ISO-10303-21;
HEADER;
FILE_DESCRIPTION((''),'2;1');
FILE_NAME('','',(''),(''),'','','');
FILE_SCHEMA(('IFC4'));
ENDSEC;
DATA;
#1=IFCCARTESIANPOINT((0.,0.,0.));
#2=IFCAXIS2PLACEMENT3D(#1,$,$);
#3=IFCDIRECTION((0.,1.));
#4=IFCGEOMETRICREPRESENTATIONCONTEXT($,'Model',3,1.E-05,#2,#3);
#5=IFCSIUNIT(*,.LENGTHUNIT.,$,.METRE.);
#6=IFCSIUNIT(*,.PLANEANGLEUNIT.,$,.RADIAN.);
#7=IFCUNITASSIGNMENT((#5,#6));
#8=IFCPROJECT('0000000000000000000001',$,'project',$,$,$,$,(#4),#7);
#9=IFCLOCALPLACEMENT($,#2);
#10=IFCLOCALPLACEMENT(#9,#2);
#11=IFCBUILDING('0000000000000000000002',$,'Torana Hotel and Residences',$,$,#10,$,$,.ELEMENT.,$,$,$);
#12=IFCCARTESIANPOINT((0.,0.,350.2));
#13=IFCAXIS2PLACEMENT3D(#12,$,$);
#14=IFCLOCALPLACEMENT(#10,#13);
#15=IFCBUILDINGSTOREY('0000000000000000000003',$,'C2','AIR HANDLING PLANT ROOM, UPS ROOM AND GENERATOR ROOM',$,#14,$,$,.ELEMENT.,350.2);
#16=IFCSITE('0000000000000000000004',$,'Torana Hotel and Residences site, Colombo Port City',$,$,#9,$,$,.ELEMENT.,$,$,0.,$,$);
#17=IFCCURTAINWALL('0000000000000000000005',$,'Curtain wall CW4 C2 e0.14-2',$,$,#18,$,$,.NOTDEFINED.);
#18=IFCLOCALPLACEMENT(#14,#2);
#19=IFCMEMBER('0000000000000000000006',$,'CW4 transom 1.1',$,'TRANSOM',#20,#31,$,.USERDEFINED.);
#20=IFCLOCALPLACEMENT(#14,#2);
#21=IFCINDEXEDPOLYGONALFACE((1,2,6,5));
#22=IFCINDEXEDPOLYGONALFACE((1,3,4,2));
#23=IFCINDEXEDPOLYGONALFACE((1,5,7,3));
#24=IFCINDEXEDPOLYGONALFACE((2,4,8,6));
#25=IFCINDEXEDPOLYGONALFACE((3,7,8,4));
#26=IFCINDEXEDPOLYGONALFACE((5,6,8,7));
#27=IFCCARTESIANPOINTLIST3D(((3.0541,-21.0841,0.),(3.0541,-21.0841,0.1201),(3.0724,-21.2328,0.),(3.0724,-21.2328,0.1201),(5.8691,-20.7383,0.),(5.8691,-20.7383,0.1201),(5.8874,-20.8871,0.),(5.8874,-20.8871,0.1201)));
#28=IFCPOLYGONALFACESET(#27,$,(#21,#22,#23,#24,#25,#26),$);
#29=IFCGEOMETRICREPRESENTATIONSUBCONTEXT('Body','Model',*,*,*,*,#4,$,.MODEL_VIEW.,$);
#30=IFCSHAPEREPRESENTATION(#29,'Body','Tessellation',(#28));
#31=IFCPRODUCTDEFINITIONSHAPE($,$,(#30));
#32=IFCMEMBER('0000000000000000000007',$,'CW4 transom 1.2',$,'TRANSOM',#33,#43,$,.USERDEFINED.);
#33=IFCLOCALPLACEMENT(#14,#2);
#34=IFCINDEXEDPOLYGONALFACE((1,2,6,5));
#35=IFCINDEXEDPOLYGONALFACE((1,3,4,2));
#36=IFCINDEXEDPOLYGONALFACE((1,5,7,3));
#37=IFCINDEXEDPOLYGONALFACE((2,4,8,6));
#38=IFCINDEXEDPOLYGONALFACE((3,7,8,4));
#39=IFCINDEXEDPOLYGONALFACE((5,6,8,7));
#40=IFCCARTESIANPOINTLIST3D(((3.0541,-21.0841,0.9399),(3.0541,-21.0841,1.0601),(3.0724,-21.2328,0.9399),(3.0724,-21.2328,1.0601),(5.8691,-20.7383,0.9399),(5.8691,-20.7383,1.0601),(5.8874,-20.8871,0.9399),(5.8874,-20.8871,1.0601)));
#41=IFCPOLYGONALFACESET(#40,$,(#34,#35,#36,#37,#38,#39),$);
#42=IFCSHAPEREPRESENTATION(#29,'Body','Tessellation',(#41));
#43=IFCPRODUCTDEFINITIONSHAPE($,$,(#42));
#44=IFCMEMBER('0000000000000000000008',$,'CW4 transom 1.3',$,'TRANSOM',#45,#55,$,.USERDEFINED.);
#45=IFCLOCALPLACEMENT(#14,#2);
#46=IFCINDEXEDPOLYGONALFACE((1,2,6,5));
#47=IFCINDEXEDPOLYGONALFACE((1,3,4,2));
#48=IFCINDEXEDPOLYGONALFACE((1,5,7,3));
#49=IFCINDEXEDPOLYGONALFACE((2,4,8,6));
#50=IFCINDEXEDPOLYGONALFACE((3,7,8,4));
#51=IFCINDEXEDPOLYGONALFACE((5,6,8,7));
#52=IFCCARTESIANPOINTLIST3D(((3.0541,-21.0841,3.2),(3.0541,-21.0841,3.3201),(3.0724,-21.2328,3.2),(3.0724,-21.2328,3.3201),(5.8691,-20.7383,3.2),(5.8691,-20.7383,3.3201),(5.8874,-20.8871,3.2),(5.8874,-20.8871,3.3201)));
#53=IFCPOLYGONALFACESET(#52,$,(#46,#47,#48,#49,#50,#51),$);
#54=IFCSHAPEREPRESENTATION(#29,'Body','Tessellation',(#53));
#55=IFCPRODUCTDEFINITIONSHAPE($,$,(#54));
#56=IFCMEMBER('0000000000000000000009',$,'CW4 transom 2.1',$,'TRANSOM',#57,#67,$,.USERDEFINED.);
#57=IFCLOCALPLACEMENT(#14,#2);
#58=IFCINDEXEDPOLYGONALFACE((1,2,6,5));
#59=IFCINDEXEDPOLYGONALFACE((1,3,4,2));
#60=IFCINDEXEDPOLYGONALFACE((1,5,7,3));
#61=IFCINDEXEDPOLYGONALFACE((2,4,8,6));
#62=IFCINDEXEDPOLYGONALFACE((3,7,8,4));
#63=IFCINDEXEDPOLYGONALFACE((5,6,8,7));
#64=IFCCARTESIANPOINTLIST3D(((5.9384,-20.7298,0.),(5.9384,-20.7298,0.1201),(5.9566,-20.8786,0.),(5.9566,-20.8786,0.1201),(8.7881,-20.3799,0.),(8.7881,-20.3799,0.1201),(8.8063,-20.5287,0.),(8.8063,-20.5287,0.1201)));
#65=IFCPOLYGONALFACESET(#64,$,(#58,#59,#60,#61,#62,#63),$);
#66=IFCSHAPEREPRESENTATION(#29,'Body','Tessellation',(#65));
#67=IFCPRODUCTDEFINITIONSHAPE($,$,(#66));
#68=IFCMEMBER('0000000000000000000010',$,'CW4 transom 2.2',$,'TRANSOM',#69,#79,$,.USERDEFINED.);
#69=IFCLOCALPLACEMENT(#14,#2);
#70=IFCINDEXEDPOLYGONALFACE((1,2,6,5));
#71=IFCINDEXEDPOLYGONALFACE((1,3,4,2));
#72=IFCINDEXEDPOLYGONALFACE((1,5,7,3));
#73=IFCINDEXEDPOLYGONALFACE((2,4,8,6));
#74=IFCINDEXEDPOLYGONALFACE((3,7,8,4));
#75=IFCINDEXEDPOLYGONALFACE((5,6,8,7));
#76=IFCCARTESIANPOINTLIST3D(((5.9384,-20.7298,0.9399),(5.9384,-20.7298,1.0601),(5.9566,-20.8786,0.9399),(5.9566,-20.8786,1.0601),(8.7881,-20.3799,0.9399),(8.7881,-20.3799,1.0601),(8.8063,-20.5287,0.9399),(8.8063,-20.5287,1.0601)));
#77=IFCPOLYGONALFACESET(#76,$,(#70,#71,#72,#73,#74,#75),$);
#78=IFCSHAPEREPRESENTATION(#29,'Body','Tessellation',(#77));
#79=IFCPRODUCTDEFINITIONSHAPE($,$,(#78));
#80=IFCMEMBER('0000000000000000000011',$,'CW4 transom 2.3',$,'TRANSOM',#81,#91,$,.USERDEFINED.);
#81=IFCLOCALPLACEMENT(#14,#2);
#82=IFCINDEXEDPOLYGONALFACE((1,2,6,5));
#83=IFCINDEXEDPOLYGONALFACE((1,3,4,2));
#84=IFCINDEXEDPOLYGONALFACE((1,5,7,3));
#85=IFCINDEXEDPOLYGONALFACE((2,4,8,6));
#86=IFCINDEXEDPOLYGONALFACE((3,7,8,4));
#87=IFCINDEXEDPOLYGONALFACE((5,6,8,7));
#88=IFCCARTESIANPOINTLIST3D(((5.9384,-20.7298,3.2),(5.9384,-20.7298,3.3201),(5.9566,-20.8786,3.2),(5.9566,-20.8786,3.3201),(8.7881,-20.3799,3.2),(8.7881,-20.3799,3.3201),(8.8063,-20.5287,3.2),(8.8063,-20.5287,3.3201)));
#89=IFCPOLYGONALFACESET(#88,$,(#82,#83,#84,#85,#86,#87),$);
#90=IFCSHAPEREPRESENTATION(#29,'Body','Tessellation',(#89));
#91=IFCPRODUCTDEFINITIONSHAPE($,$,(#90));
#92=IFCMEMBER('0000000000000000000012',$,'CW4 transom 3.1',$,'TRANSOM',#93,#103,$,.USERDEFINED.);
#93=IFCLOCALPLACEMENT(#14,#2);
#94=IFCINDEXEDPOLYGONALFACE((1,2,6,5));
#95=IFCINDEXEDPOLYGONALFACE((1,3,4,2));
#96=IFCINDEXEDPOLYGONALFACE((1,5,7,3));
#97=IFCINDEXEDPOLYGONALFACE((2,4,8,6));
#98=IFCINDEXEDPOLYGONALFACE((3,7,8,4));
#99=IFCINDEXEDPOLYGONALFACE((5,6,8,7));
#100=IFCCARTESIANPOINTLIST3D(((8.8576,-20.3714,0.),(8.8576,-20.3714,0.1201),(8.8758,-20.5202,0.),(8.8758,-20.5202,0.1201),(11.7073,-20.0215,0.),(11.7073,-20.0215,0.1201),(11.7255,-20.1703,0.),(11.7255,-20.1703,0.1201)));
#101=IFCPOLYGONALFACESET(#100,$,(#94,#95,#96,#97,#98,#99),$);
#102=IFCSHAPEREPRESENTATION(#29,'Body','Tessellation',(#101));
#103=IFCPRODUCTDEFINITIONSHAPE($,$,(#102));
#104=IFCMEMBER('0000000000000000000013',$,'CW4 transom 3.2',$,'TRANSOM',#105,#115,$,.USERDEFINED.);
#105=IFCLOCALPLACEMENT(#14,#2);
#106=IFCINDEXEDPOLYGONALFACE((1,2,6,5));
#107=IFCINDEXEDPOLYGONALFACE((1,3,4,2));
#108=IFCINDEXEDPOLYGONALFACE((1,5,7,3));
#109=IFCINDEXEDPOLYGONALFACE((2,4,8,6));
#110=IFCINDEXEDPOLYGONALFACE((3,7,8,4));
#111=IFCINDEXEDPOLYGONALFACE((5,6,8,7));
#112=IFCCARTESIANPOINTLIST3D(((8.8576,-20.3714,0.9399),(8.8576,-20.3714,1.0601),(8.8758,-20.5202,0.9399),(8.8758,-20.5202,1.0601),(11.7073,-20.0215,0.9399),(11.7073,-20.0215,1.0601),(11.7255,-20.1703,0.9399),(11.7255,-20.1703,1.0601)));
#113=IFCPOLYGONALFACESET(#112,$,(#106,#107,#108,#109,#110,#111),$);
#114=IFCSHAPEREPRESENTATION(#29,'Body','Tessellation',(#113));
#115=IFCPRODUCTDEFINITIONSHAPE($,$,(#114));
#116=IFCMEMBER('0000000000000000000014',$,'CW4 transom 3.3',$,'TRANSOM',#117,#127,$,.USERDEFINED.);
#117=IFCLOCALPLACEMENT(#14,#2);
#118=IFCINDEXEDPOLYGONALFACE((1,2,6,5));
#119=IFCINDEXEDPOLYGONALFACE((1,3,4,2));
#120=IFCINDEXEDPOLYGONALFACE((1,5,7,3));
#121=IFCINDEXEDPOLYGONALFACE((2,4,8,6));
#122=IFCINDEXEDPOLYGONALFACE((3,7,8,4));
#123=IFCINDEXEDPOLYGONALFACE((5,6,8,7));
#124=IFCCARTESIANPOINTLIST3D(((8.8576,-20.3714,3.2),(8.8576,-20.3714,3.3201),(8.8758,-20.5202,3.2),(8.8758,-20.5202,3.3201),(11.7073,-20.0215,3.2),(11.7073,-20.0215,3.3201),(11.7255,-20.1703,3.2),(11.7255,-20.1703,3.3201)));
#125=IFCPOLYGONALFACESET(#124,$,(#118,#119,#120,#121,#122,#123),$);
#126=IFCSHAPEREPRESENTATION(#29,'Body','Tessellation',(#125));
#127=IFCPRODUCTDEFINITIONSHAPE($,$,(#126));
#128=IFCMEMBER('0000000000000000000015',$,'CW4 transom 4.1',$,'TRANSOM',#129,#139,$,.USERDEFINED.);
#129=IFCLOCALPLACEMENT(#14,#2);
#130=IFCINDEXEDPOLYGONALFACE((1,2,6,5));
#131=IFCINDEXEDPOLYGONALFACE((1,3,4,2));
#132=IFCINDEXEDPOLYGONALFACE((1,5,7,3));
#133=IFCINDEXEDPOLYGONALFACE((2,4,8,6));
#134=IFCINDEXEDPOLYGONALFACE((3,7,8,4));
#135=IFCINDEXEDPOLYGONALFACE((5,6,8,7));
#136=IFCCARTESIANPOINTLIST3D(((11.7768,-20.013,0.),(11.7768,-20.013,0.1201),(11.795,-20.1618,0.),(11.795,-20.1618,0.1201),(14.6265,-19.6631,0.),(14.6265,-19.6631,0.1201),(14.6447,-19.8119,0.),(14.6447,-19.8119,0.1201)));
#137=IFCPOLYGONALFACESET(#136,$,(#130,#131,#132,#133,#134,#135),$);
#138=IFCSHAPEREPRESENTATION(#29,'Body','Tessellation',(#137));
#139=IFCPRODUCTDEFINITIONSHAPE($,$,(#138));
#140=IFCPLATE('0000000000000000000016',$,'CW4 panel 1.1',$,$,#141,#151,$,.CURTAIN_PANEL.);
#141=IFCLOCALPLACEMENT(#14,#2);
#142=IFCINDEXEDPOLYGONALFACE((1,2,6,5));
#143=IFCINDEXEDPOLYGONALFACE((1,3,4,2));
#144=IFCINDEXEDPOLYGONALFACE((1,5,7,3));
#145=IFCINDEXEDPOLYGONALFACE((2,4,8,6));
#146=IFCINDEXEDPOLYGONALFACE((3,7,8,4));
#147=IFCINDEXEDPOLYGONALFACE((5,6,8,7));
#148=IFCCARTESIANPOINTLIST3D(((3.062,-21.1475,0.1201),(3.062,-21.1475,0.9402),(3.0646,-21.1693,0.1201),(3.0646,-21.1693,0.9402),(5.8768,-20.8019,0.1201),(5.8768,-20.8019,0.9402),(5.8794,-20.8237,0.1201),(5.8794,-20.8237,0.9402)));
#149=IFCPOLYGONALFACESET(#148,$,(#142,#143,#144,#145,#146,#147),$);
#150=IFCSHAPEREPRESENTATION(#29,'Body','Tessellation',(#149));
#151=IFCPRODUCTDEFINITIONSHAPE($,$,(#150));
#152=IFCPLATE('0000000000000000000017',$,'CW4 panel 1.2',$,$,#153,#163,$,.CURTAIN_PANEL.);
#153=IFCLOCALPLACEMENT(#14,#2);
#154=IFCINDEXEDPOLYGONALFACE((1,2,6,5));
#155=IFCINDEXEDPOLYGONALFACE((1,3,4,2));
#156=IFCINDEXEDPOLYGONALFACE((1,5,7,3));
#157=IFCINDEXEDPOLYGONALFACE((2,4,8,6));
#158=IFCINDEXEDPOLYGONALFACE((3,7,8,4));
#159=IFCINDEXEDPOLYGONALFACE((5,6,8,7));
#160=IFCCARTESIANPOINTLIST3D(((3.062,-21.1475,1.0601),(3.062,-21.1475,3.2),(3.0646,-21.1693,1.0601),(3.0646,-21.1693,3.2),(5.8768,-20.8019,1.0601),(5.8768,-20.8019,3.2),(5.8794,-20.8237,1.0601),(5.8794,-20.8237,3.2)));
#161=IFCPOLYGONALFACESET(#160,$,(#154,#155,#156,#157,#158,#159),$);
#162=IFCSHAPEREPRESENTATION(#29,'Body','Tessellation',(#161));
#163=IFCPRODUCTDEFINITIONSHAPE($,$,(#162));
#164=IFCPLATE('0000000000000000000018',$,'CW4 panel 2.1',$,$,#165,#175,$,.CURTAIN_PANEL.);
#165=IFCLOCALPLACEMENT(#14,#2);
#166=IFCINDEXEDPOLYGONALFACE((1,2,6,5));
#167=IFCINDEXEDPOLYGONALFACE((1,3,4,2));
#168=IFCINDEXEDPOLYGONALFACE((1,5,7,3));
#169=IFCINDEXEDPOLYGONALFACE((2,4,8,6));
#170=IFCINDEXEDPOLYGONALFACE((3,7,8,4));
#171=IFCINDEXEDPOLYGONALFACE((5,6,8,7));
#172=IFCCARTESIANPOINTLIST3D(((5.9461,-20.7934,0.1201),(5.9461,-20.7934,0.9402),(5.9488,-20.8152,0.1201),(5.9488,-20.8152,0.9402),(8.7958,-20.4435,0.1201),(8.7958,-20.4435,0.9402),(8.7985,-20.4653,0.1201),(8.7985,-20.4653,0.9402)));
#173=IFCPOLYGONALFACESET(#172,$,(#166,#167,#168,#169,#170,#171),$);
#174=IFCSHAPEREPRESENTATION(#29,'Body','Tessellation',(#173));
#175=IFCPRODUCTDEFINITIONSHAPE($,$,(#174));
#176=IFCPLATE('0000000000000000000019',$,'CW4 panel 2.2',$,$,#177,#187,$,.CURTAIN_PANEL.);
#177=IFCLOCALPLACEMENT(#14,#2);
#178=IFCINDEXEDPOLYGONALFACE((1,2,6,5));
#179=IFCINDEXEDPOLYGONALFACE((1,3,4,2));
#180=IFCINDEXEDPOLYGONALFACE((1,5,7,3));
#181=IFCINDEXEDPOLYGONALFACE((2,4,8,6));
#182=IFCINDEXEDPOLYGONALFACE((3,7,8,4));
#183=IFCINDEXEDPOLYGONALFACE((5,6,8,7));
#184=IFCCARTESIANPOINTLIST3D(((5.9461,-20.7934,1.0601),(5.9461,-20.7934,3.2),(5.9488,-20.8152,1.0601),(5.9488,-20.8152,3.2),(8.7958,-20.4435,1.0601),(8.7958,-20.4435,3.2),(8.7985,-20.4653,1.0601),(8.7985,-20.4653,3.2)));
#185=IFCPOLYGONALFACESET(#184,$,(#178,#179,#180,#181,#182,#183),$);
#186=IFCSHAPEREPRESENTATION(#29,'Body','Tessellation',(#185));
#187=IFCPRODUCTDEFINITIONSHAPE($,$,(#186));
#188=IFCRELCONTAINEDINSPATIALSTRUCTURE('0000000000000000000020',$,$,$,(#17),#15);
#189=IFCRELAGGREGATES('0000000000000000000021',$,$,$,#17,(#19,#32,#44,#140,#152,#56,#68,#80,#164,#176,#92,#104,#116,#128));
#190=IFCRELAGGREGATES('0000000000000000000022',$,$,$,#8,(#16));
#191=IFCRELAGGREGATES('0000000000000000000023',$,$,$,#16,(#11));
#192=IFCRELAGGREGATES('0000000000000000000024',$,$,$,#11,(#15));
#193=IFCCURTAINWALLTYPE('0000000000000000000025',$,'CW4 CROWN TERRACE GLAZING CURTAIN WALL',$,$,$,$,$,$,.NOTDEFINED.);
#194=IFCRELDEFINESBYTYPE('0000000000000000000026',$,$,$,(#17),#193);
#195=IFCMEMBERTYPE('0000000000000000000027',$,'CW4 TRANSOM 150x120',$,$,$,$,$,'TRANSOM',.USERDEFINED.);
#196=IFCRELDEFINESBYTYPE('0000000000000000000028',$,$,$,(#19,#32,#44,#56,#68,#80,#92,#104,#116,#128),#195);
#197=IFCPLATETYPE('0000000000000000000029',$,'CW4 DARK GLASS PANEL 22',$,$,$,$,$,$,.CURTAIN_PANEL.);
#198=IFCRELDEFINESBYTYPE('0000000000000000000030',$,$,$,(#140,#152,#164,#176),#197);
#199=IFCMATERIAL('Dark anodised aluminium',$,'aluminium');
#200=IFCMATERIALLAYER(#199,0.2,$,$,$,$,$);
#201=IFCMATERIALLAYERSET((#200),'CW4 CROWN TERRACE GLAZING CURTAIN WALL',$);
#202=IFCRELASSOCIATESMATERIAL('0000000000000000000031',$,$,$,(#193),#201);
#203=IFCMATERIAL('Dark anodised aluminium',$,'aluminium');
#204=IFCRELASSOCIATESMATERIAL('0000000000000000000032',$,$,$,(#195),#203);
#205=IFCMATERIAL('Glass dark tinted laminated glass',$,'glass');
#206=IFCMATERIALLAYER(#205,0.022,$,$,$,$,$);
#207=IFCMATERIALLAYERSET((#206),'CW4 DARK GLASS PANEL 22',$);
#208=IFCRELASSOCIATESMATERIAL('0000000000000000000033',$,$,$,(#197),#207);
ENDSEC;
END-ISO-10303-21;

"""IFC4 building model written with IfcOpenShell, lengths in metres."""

from ifc_helpers import new_model, si_unit, direction, frame, origin, origin_2d, place, context, subcontext, project, spatial, rectangle, extrude, material, layer, layer_set, material_profile, profile_set, type_object, element, aggregate, save


model = new_model("IFC4")

# Units and contexts
model_context = context("Model", 3, precision=1e-05, world=origin(), true_north=direction((0.0, 1.0)))
body_context = subcontext(model_context, "Body", "Model", "MODEL_VIEW")
ifc_project = project(units=[si_unit("LENGTHUNIT", "METRE"), si_unit("PLANEANGLEUNIT", "RADIAN")], contexts=[model_context])

# Site, building, storey
site_placement = place(None, origin())
site = spatial("IfcSite", under=ifc_project, at=site_placement, Name="Torana Hotel and Residences site, Colombo Port City", CompositionType="ELEMENT", RefElevation=0.0)
building_placement = place(site_placement, origin())
building = spatial("IfcBuilding", under=site, at=building_placement, Name="Torana Hotel and Residences", CompositionType="ELEMENT")
storey_placement = place(building_placement, frame((0.0, 0.0, 350.2)))
storey = spatial("IfcBuildingStorey", under=building, at=storey_placement, Name="C2", Description="AIR HANDLING PLANT ROOM, UPS ROOM AND GENERATOR ROOM", CompositionType="ELEMENT", Elevation=350.2)

# Shared definitions
ifc_material_1 = material(Name="Dark anodised aluminium", Category="aluminium")
ifc_layer_1 = layer(ifc_material_1, 0.2)
ifc_layer_set_1 = layer_set([ifc_layer_1], Name="CW4 CROWN TERRACE GLAZING CURTAIN WALL")
curtain_wall_type = type_object("IfcCurtainWallType", Name="CW4 CROWN TERRACE GLAZING CURTAIN WALL", PredefinedType="NOTDEFINED", material=ifc_layer_set_1)

# Curtain wall, members, plates
curtain_wall_1_placement = place(storey_placement, origin())
curtain_wall_1 = element("IfcCurtainWall", 1, at=curtain_wall_1_placement, inside=storey, type_object=curtain_wall_type, Name="Curtain wall CW4 C2 e0.14-2", PredefinedType="NOTDEFINED")
ifc_material_2 = material(Name="Dark anodised aluminium", Category="aluminium")
ifc_material_profile_1 = material_profile(ifc_material_2, rectangle(XDim=0.1499, YDim=0.1201, at=origin_2d()), Name="CW4 TRANSOM 150x120")
ifc_profile_set_1 = profile_set([ifc_material_profile_1], Name="Dark anodised aluminium")
member_type_1 = type_object("IfcMemberType", Name="CW4 TRANSOM 150x120", ElementType="TRANSOM", PredefinedType="USERDEFINED", material=ifc_profile_set_1)
member_1_placement = place(storey_placement, frame((3.0632, -21.1584, 0.0601), z_axis=(0.992543, 0.121894, 0.0), x_axis=(-0.121894, 0.992543, 0.0)))
member_1 = element("IfcMember", 2, at=member_1_placement, type_object=member_type_1, Name="CW4 transom 1.1", ObjectType="TRANSOM", PredefinedType="USERDEFINED", context=body_context, shape_type="SweptSolid", body=[
    extrude(rectangle(XDim=0.1499, YDim=0.1201, at=origin_2d()), origin(), (0.0, 0.0, 1.0), 2.8362),
])
member_2_placement = place(storey_placement, frame((3.0632, -21.1584, 1.0), z_axis=(0.992543, 0.121894, 0.0), x_axis=(-0.121894, 0.992543, 0.0)))
member_2 = element("IfcMember", 3, at=member_2_placement, type_object=member_type_1, Name="CW4 transom 1.2", ObjectType="TRANSOM", PredefinedType="USERDEFINED", context=body_context, shape_type="SweptSolid", body=[
    extrude(rectangle(XDim=0.1499, YDim=0.1201, at=origin_2d()), origin(), (0.0, 0.0, 1.0), 2.8362),
])
member_3_placement = place(storey_placement, frame((3.0632, -21.1584, 3.26), z_axis=(0.992543, 0.121894, 0.0), x_axis=(-0.121894, 0.992543, 0.0)))
member_3 = element("IfcMember", 4, at=member_3_placement, type_object=member_type_1, Name="CW4 transom 1.3", ObjectType="TRANSOM", PredefinedType="USERDEFINED", context=body_context, shape_type="SweptSolid", body=[
    extrude(rectangle(XDim=0.1499, YDim=0.1201, at=origin_2d()), origin(), (0.0, 0.0, 1.0), 2.8362),
])
member_4_placement = place(storey_placement, frame((5.9475, -20.8042, 0.0601), z_axis=(0.992548, 0.121857, 0.0), x_axis=(-0.121857, 0.992548, 0.0)))
member_4 = element("IfcMember", 5, at=member_4_placement, type_object=member_type_1, Name="CW4 transom 2.1", ObjectType="TRANSOM", PredefinedType="USERDEFINED", context=body_context, shape_type="SweptSolid", body=[
    extrude(rectangle(XDim=0.1499, YDim=0.1201, at=origin_2d()), origin(), (0.0, 0.0, 1.0), 2.8711),
])
member_5_placement = place(storey_placement, frame((5.9475, -20.8042, 1.0), z_axis=(0.992548, 0.121857, 0.0), x_axis=(-0.121857, 0.992548, 0.0)))
member_5 = element("IfcMember", 6, at=member_5_placement, type_object=member_type_1, Name="CW4 transom 2.2", ObjectType="TRANSOM", PredefinedType="USERDEFINED", context=body_context, shape_type="SweptSolid", body=[
    extrude(rectangle(XDim=0.1499, YDim=0.1201, at=origin_2d()), origin(), (0.0, 0.0, 1.0), 2.8711),
])
member_6_placement = place(storey_placement, frame((5.9475, -20.8042, 3.26), z_axis=(0.992548, 0.121857, 0.0), x_axis=(-0.121857, 0.992548, 0.0)))
member_6 = element("IfcMember", 7, at=member_6_placement, type_object=member_type_1, Name="CW4 transom 2.3", ObjectType="TRANSOM", PredefinedType="USERDEFINED", context=body_context, shape_type="SweptSolid", body=[
    extrude(rectangle(XDim=0.1499, YDim=0.1201, at=origin_2d()), origin(), (0.0, 0.0, 1.0), 2.8711),
])
member_7_placement = place(storey_placement, frame((8.8667, -20.4458, 0.0601), z_axis=(0.992548, 0.121857, 0.0), x_axis=(-0.121857, 0.992548, 0.0)))
member_7 = element("IfcMember", 8, at=member_7_placement, type_object=member_type_1, Name="CW4 transom 3.1", ObjectType="TRANSOM", PredefinedType="USERDEFINED", context=body_context, shape_type="SweptSolid", body=[
    extrude(rectangle(XDim=0.1499, YDim=0.1201, at=origin_2d()), origin(), (0.0, 0.0, 1.0), 2.8711),
])
member_8_placement = place(storey_placement, frame((8.8667, -20.4458, 1.0), z_axis=(0.992548, 0.121857, 0.0), x_axis=(-0.121857, 0.992548, 0.0)))
member_8 = element("IfcMember", 9, at=member_8_placement, type_object=member_type_1, Name="CW4 transom 3.2", ObjectType="TRANSOM", PredefinedType="USERDEFINED", context=body_context, shape_type="SweptSolid", body=[
    extrude(rectangle(XDim=0.1499, YDim=0.1201, at=origin_2d()), origin(), (0.0, 0.0, 1.0), 2.8711),
])
member_9_placement = place(storey_placement, frame((8.8667, -20.4458, 3.26), z_axis=(0.992548, 0.121857, 0.0), x_axis=(-0.121857, 0.992548, 0.0)))
member_9 = element("IfcMember", 10, at=member_9_placement, type_object=member_type_1, Name="CW4 transom 3.3", ObjectType="TRANSOM", PredefinedType="USERDEFINED", context=body_context, shape_type="SweptSolid", body=[
    extrude(rectangle(XDim=0.1499, YDim=0.1201, at=origin_2d()), origin(), (0.0, 0.0, 1.0), 2.8711),
])
member_10_placement = place(storey_placement, frame((11.7859, -20.0874, 0.0601), z_axis=(0.992548, 0.121857, 0.0), x_axis=(-0.121857, 0.992548, 0.0)))
member_10 = element("IfcMember", 11, at=member_10_placement, type_object=member_type_1, Name="CW4 transom 4.1", ObjectType="TRANSOM", PredefinedType="USERDEFINED", context=body_context, shape_type="SweptSolid", body=[
    extrude(rectangle(XDim=0.1499, YDim=0.1201, at=origin_2d()), origin(), (0.0, 0.0, 1.0), 2.8711),
])
ifc_material_3 = material(Name="Glass dark tinted laminated glass", Category="glass")
ifc_layer_2 = layer(ifc_material_3, 0.022)
ifc_layer_set_2 = layer_set([ifc_layer_2], Name="CW4 DARK GLASS PANEL 22")
plate_type = type_object("IfcPlateType", Name="CW4 DARK GLASS PANEL 22", PredefinedType="CURTAIN_PANEL", material=ifc_layer_set_2)
plate_1_placement = place(storey_placement, frame((4.4707, -20.9856, 0.1201), z_axis=(0.0, 0.0, 1.0), x_axis=(0.992546, 0.12187, 0.0)))
plate_1 = element("IfcPlate", 12, at=plate_1_placement, type_object=plate_type, Name="CW4 panel 1.1", PredefinedType="CURTAIN_PANEL", context=body_context, shape_type="SweptSolid", body=[
    extrude(rectangle(XDim=2.8359, YDim=0.022, at=origin_2d()), origin(), (0.0, 0.0, 1.0), 0.8201),
])
plate_2_placement = place(storey_placement, frame((4.4707, -20.9856, 1.0601), z_axis=(0.0, 0.0, 1.0), x_axis=(0.992546, 0.12187, 0.0)))
plate_2 = element("IfcPlate", 13, at=plate_2_placement, type_object=plate_type, Name="CW4 panel 1.2", PredefinedType="CURTAIN_PANEL", context=body_context, shape_type="SweptSolid", body=[
    extrude(rectangle(XDim=2.8359, YDim=0.022, at=origin_2d()), origin(), (0.0, 0.0, 1.0), 2.1399),
])
plate_3_placement = place(storey_placement, frame((7.3723, -20.6294, 0.1201), z_axis=(0.0, 0.0, 1.0), x_axis=(0.992546, 0.12187, 0.0)))
plate_3 = element("IfcPlate", 14, at=plate_3_placement, type_object=plate_type, Name="CW4 panel 2.1", PredefinedType="CURTAIN_PANEL", context=body_context, shape_type="SweptSolid", body=[
    extrude(rectangle(XDim=2.8711, YDim=0.022, at=origin_2d()), origin(), (0.0, 0.0, 1.0), 0.8201),
])
plate_4_placement = place(storey_placement, frame((7.3723, -20.6294, 1.0601), z_axis=(0.0, 0.0, 1.0), x_axis=(0.992546, 0.12187, 0.0)))
plate_4 = element("IfcPlate", 15, at=plate_4_placement, type_object=plate_type, Name="CW4 panel 2.2", PredefinedType="CURTAIN_PANEL", context=body_context, shape_type="SweptSolid", body=[
    extrude(rectangle(XDim=2.8711, YDim=0.022, at=origin_2d()), origin(), (0.0, 0.0, 1.0), 2.1399),
])
aggregate(curtain_wall_1, [member_1, member_2, member_3, plate_1, plate_2, member_4, member_5, member_6, plate_3, plate_4, member_7, member_8, member_9, member_10])

save(model, "model.ifc")
